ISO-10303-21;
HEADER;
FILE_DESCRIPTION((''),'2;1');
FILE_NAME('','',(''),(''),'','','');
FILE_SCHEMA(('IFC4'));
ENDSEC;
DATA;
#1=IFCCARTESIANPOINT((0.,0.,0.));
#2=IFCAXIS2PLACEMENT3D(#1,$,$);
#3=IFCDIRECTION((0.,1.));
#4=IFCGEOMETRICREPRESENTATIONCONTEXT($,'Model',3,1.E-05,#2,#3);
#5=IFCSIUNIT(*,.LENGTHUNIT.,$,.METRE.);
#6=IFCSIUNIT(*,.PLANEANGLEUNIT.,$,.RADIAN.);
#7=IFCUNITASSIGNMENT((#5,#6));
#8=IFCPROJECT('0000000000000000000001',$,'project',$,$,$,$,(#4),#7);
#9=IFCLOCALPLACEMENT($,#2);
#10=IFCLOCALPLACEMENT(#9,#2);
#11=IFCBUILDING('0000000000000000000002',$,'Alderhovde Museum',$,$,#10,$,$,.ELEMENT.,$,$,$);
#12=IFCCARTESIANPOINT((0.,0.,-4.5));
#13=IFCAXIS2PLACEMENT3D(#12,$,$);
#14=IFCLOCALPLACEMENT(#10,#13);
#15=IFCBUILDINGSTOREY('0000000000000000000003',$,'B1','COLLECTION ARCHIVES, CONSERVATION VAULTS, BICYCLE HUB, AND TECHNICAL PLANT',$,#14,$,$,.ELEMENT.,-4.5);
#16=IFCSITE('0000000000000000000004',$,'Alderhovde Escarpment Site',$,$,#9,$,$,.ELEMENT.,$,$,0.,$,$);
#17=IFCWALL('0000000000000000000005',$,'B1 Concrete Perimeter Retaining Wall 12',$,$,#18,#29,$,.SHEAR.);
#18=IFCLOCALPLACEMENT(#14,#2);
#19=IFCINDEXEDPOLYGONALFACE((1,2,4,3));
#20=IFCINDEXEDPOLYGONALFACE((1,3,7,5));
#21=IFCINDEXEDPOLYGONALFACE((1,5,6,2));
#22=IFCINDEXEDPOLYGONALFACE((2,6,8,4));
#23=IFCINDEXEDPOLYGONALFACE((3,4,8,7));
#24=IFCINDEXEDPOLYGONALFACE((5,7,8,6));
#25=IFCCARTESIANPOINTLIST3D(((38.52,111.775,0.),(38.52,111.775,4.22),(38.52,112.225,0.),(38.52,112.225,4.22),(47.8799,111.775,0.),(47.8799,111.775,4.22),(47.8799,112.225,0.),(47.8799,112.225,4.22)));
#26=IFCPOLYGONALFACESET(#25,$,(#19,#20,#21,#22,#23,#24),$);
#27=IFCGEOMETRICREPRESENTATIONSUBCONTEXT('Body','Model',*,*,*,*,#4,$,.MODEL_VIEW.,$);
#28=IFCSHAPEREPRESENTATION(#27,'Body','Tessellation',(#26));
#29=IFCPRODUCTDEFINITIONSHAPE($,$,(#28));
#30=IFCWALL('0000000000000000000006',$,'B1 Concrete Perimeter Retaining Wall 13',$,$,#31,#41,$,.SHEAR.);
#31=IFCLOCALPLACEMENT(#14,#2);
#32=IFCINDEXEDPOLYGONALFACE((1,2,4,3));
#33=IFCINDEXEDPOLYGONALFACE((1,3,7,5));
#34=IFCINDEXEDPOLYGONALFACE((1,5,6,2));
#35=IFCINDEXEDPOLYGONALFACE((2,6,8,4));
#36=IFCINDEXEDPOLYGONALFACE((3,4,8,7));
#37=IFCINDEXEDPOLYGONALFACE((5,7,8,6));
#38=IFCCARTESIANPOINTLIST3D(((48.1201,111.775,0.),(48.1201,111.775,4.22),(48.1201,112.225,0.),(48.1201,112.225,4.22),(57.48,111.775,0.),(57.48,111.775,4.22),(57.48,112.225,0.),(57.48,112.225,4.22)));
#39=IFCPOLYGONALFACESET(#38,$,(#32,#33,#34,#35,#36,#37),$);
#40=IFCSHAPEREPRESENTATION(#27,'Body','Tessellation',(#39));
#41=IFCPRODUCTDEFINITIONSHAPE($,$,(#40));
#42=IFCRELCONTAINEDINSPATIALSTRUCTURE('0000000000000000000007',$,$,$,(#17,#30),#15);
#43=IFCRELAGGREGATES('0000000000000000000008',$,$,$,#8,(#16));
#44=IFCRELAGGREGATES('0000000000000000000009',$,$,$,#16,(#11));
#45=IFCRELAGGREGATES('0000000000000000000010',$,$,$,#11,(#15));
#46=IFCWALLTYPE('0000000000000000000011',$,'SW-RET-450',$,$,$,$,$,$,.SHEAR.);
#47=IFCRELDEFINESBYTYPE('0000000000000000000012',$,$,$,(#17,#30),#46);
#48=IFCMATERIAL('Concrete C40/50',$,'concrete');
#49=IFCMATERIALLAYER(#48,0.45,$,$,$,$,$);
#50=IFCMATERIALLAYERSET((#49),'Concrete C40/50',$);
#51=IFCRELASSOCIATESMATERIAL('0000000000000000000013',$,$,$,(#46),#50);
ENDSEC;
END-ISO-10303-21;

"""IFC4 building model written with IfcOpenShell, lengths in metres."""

from ifc_helpers import new_model, si_unit, direction, frame, frame_2d, origin, place, context, subcontext, project, spatial, rectangle, extrude, material, layer, layer_set, type_object, element, save


model = new_model("IFC4")

# Units and contexts
model_context = context("Model", 3, precision=1e-05, world=origin(), true_north=direction((0.0, 1.0)))
body_context = subcontext(model_context, "Body", "Model", "MODEL_VIEW")
ifc_project = project(units=[si_unit("LENGTHUNIT", "METRE"), si_unit("PLANEANGLEUNIT", "RADIAN")], contexts=[model_context])

# Site, building, storey
site_placement = place(None, origin())
site = spatial("IfcSite", under=ifc_project, at=site_placement, Name="Alderhovde Escarpment Site", CompositionType="ELEMENT", RefElevation=0.0)
building_placement = place(site_placement, origin())
building = spatial("IfcBuilding", under=site, at=building_placement, Name="Alderhovde Museum", CompositionType="ELEMENT")
storey_placement = place(building_placement, frame((0.0, 0.0, -4.5)))
storey = spatial("IfcBuildingStorey", under=building, at=storey_placement, Name="B1", Description="COLLECTION ARCHIVES, CONSERVATION VAULTS, BICYCLE HUB, AND TECHNICAL PLANT", CompositionType="ELEMENT", Elevation=-4.5)

# Walls
ifc_material_1 = material(Name="Concrete C40/50", Category="concrete")
ifc_layer = layer(ifc_material_1, 0.45)
ifc_layer_set = layer_set([ifc_layer], Name="Concrete C40/50")
wall_type = type_object("IfcWallType", Name="SW-RET-450", PredefinedType="SHEAR", material=ifc_layer_set)
for number, where, z_axis, x_axis, name in (
    (1, (38.52, 112.0, 0.0), (0.0, 0.0, 1.0), (1.0, 0.0, 0.0), "B1 Concrete Perimeter Retaining Wall 12"),
    (2, (48.1201, 112.0, 0.0), (0.0, 0.0, 1.0), (1.0, 0.0, 0.0), "B1 Concrete Perimeter Retaining Wall 13"),
):
    element("IfcWall", number, at=place(storey_placement, frame(where, z_axis=z_axis, x_axis=x_axis)), inside=storey, type_object=wall_type, Name=name, PredefinedType="SHEAR", context=body_context, shape_type="SweptSolid", body=[
        extrude(rectangle(XDim=9.3599, YDim=0.45, at=frame_2d((4.6799, 0.0))), origin(), (0.0, 0.0, 1.0), 4.22),
    ])

save(model, "model.ifc")
